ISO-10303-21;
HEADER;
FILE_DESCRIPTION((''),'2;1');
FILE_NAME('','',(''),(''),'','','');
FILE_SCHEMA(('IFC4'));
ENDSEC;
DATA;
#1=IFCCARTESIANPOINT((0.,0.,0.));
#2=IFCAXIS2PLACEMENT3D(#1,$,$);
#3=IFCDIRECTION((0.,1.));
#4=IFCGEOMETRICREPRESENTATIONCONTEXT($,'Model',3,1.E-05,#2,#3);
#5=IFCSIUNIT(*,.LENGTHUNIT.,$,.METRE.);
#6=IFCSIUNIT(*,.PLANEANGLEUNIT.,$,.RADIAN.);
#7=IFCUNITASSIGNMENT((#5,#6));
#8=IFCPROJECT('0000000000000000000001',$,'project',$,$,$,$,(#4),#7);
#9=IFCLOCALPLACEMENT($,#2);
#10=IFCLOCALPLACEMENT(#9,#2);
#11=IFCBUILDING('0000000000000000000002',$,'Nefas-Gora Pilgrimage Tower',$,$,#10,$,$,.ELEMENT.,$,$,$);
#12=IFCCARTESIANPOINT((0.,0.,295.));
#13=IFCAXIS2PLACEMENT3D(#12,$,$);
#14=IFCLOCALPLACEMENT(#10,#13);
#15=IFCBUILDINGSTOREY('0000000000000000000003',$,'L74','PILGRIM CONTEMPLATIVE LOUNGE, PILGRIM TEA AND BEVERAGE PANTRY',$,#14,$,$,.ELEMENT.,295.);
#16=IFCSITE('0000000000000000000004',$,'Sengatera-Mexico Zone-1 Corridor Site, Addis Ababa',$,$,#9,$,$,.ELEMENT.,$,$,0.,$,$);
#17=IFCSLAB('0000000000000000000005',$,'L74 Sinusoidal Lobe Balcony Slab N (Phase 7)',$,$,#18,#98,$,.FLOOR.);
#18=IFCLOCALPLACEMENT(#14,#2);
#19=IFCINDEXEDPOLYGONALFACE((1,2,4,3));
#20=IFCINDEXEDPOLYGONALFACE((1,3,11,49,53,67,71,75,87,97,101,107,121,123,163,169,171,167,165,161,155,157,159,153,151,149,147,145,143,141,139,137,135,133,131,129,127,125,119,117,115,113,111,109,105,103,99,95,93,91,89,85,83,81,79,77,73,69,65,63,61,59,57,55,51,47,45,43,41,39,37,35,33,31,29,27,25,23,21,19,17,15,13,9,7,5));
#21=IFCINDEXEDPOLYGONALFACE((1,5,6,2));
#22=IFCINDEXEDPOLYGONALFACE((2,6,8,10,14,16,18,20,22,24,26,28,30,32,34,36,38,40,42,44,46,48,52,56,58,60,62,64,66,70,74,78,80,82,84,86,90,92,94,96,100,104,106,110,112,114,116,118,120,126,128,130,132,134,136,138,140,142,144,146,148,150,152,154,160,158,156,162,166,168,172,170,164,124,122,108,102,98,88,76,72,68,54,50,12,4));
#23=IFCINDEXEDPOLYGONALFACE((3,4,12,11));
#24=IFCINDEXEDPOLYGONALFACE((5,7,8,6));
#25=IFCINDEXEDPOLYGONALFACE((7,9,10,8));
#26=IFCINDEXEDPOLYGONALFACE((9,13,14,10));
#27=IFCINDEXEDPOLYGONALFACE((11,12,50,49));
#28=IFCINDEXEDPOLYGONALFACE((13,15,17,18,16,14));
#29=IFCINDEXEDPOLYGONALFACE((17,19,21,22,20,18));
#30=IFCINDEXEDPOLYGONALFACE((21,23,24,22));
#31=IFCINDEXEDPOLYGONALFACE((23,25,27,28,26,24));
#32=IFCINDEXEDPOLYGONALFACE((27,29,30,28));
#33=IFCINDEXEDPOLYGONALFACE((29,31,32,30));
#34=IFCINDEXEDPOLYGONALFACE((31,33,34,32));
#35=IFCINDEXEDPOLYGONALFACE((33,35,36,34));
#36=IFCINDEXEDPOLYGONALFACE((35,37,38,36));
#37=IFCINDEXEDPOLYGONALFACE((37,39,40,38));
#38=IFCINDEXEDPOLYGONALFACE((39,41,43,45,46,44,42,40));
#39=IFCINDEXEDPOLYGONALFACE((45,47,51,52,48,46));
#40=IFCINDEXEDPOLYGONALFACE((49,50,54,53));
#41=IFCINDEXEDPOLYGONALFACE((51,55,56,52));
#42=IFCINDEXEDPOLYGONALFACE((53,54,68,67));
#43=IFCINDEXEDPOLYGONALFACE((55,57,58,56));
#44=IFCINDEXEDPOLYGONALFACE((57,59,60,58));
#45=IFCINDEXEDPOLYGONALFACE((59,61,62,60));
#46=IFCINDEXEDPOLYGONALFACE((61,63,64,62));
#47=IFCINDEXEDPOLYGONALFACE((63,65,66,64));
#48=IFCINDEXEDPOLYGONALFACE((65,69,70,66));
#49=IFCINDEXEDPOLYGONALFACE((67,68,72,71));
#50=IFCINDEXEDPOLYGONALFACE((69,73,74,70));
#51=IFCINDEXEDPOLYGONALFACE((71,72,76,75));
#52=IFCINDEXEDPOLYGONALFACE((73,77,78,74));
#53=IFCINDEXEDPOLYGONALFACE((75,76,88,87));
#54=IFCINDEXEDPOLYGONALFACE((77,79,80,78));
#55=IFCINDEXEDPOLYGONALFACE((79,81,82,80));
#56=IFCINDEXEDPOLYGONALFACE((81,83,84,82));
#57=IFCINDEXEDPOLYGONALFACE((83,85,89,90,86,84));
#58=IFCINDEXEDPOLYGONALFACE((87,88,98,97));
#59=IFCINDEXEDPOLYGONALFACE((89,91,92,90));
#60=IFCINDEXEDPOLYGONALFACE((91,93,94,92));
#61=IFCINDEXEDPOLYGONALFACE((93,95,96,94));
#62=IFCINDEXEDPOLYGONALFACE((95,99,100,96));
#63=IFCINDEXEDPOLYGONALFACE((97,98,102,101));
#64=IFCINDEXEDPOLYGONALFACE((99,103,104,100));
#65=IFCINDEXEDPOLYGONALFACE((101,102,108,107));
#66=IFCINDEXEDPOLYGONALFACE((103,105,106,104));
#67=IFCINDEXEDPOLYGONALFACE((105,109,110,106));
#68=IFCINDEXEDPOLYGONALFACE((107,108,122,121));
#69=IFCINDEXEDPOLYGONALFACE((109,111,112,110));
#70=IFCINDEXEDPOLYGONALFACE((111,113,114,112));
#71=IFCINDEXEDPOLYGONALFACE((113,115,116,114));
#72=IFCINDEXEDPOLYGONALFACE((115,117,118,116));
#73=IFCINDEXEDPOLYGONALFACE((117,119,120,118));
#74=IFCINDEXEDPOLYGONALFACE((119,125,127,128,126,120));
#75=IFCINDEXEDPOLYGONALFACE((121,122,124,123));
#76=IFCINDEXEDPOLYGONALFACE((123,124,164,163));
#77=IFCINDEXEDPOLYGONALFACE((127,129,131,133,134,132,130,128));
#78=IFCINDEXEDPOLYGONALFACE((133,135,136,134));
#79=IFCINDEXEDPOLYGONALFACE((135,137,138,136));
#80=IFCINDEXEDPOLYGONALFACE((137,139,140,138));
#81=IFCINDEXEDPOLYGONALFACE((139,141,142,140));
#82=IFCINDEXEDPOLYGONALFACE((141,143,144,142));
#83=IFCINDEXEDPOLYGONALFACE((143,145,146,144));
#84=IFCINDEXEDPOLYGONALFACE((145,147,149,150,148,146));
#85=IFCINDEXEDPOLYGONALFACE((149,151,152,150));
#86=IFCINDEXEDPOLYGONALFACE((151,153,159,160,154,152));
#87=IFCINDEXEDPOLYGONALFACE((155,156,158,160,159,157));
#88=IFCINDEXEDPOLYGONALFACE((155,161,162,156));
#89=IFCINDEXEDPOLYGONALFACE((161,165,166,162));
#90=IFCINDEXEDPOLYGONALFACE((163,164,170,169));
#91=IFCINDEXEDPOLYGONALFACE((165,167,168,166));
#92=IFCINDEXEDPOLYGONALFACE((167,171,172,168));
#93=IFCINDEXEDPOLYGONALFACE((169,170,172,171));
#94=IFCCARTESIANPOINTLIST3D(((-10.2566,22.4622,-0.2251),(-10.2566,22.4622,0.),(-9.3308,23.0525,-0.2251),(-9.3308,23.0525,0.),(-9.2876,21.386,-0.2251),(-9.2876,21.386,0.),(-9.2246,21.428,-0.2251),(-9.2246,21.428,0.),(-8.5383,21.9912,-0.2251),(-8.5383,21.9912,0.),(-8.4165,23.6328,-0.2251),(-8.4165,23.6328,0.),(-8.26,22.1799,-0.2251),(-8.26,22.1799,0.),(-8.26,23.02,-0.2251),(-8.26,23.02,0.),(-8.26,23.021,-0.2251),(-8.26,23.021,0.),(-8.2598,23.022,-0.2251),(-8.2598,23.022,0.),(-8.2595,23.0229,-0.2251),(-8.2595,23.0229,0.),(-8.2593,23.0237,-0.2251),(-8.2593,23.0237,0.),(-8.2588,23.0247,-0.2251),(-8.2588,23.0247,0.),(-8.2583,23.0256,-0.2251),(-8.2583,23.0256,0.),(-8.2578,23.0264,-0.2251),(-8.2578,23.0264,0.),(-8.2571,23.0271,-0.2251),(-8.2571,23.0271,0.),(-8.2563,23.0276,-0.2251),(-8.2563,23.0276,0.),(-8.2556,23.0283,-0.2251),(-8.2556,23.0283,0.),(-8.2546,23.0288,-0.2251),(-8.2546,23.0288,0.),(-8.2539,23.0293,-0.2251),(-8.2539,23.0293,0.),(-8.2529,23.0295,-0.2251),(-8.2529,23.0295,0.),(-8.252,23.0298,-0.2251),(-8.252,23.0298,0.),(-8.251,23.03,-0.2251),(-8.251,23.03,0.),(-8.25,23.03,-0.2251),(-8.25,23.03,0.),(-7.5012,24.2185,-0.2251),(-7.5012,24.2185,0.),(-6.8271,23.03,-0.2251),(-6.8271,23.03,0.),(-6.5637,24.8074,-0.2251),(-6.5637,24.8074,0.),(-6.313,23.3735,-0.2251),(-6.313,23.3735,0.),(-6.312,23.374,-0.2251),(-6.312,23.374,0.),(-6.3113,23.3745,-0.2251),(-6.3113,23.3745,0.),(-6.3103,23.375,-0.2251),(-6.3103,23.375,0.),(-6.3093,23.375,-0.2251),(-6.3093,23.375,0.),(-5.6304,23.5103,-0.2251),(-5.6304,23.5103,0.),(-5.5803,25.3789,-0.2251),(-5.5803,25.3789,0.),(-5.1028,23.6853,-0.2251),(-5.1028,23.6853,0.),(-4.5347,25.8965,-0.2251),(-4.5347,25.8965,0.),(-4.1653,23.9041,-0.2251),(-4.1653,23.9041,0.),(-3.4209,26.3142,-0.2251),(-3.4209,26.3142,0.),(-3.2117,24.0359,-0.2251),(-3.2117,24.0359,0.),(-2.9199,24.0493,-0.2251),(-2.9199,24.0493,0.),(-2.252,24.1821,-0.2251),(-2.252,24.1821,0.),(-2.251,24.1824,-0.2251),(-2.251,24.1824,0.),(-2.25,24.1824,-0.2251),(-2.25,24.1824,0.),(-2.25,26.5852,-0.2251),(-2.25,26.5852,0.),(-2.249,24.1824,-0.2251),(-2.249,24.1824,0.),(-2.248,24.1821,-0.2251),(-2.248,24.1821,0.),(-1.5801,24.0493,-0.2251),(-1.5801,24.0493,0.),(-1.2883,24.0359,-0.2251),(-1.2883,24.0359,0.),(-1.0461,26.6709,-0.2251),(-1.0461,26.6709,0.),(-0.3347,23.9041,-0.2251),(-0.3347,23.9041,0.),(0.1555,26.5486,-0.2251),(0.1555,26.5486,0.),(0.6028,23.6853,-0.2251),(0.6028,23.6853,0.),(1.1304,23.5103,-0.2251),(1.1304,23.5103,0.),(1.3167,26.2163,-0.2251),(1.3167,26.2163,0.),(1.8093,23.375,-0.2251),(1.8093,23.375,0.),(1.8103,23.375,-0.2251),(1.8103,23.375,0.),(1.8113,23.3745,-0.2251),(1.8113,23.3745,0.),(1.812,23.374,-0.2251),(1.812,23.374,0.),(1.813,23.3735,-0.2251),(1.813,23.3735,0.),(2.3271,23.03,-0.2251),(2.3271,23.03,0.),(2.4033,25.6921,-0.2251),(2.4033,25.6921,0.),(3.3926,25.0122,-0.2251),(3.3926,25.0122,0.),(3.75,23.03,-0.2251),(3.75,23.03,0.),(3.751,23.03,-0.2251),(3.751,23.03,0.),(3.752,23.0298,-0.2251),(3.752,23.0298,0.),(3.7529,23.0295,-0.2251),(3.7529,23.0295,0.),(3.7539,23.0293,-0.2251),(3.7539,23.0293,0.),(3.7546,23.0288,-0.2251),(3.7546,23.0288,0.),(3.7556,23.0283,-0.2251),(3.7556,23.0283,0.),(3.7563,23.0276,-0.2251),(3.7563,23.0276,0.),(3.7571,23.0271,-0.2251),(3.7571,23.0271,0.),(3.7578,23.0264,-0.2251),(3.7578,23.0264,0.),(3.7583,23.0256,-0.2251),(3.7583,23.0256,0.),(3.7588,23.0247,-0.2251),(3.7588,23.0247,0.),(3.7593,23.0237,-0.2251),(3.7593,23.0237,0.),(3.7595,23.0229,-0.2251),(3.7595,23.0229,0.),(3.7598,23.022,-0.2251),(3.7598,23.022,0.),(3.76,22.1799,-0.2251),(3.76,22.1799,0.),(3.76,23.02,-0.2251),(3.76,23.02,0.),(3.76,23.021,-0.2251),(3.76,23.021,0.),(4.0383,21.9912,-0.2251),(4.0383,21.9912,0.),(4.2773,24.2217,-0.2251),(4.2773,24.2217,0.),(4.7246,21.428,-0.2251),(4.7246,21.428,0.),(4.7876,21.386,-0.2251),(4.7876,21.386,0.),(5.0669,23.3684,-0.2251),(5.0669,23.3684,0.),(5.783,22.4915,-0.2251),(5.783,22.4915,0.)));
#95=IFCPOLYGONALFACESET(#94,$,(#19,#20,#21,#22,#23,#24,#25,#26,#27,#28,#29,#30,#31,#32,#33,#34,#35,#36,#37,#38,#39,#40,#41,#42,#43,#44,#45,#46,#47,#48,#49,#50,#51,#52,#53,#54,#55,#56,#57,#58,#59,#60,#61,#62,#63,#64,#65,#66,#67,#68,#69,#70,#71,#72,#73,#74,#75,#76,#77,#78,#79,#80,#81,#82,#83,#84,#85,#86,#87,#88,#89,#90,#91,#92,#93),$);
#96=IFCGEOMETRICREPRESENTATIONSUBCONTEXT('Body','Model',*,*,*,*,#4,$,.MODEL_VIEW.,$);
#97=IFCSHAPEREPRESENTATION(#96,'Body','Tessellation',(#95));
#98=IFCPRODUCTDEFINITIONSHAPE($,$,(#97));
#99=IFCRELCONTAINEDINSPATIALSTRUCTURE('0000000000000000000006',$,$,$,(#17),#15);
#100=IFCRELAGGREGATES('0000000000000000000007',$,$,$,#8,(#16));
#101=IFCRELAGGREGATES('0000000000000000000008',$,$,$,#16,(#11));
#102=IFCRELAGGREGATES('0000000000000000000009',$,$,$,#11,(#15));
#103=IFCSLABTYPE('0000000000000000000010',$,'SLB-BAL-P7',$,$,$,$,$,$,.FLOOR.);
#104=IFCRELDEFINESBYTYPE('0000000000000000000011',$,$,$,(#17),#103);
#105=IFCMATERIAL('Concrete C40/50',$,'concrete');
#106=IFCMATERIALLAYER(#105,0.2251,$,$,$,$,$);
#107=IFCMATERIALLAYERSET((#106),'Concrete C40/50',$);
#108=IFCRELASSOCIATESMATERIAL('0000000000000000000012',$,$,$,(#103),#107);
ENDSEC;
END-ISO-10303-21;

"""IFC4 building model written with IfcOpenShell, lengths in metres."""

from ifc_helpers import new_model, si_unit, direction, frame, origin, place, context, subcontext, project, spatial, polyline, outline, extrude, material, layer, layer_set, type_object, element, save


model = new_model("IFC4")

# Units and contexts
model_context = context("Model", 3, precision=1e-05, world=origin(), true_north=direction((0.0, 1.0)))
body_context = subcontext(model_context, "Body", "Model", "MODEL_VIEW")
ifc_project = project(units=[si_unit("LENGTHUNIT", "METRE"), si_unit("PLANEANGLEUNIT", "RADIAN")], contexts=[model_context])

# Site, building, storey
site_placement = place(None, origin())
site = spatial("IfcSite", under=ifc_project, at=site_placement, Name="Sengatera-Mexico Zone-1 Corridor Site, Addis Ababa", CompositionType="ELEMENT", RefElevation=0.0)
building_placement = place(site_placement, origin())
building = spatial("IfcBuilding", under=site, at=building_placement, Name="Nefas-Gora Pilgrimage Tower", CompositionType="ELEMENT")
storey_placement = place(building_placement, frame((0.0, 0.0, 295.0)))
storey = spatial("IfcBuildingStorey", under=building, at=storey_placement, Name="L74", Description="PILGRIM CONTEMPLATIVE LOUNGE, PILGRIM TEA AND BEVERAGE PANTRY", CompositionType="ELEMENT", Elevation=295.0)

# Slab
ifc_material_1 = material(Name="Concrete C40/50", Category="concrete")
ifc_layer_1 = layer(ifc_material_1, 0.2251)
ifc_layer_set_1 = layer_set([ifc_layer_1], Name="Concrete C40/50")
slab_type_1 = type_object("IfcSlabType", Name="SLB-BAL-P7", PredefinedType="FLOOR", material=ifc_layer_set_1)
slab_1_placement = place(storey_placement, frame((0.0, 0.0, -0.2251)))
element("IfcSlab", 1, at=slab_1_placement, inside=storey, type_object=slab_type_1, Name="L74 Sinusoidal Lobe Balcony Slab N (Phase 7)", PredefinedType="FLOOR", context=body_context, shape_type="SweptSolid", body=[
    extrude(outline(polyline([(-9.2876, 21.386), (-9.2246, 21.428), (-8.5383, 21.9912), (-8.26, 22.1799), (-8.26, 23.02), (-8.26, 23.021), (-8.2598, 23.022), (-8.2595, 23.0229), (-8.2593, 23.0237), (-8.2588, 23.0247), (-8.2583, 23.0256), (-8.2578, 23.0264), (-8.2571, 23.0271), (-8.2563, 23.0276), (-8.2556, 23.0283), (-8.2546, 23.0288), (-8.2539, 23.0293), (-8.2529, 23.0295), (-8.252, 23.0298), (-8.251, 23.03), (-8.25, 23.03), (-6.8271, 23.03), (-6.313, 23.3735), (-6.312, 23.374), (-6.3113, 23.3745), (-6.3103, 23.375), (-6.3093, 23.375), (-5.6304, 23.5103), (-5.1028, 23.6853), (-4.1653, 23.9041), (-3.2117, 24.0359), (-2.9199, 24.0493), (-2.252, 24.1821), (-2.251, 24.1824), (-2.25, 24.1824), (-2.249, 24.1824), (-2.248, 24.1821), (-1.5801, 24.0493), (-1.2883, 24.0359), (-0.3347, 23.9041), (0.6028, 23.6853), (1.1304, 23.5103), (1.8093, 23.375), (1.8103, 23.375), (1.8113, 23.3745), (1.812, 23.374), (1.813, 23.3735), (2.3271, 23.03), (3.75, 23.03), (3.751, 23.03), (3.752, 23.0298), (3.7529, 23.0295), (3.7539, 23.0293), (3.7546, 23.0288), (3.7556, 23.0283), (3.7563, 23.0276), (3.7571, 23.0271), (3.7578, 23.0264), (3.7583, 23.0256), (3.7588, 23.0247), (3.7593, 23.0237), (3.7595, 23.0229), (3.7598, 23.022), (3.76, 23.021), (3.76, 23.02), (3.76, 22.1799), (4.0383, 21.9912), (4.7246, 21.428), (4.7876, 21.386), (5.783, 22.4915), (5.0669, 23.3684), (4.2773, 24.2217), (3.3926, 25.0122), (2.4033, 25.6921), (1.3167, 26.2163), (0.1555, 26.5486), (-1.0461, 26.6709), (-2.25, 26.5852), (-3.4209, 26.3142), (-4.5347, 25.8965), (-5.5803, 25.3789), (-6.5637, 24.8074), (-7.5012, 24.2185), (-8.4165, 23.6328), (-9.3308, 23.0525), (-10.2566, 22.4622), (-9.2876, 21.386)])), origin(), (0.0, 0.0, 1.0), 0.2251),
])

save(model, "model.ifc")
